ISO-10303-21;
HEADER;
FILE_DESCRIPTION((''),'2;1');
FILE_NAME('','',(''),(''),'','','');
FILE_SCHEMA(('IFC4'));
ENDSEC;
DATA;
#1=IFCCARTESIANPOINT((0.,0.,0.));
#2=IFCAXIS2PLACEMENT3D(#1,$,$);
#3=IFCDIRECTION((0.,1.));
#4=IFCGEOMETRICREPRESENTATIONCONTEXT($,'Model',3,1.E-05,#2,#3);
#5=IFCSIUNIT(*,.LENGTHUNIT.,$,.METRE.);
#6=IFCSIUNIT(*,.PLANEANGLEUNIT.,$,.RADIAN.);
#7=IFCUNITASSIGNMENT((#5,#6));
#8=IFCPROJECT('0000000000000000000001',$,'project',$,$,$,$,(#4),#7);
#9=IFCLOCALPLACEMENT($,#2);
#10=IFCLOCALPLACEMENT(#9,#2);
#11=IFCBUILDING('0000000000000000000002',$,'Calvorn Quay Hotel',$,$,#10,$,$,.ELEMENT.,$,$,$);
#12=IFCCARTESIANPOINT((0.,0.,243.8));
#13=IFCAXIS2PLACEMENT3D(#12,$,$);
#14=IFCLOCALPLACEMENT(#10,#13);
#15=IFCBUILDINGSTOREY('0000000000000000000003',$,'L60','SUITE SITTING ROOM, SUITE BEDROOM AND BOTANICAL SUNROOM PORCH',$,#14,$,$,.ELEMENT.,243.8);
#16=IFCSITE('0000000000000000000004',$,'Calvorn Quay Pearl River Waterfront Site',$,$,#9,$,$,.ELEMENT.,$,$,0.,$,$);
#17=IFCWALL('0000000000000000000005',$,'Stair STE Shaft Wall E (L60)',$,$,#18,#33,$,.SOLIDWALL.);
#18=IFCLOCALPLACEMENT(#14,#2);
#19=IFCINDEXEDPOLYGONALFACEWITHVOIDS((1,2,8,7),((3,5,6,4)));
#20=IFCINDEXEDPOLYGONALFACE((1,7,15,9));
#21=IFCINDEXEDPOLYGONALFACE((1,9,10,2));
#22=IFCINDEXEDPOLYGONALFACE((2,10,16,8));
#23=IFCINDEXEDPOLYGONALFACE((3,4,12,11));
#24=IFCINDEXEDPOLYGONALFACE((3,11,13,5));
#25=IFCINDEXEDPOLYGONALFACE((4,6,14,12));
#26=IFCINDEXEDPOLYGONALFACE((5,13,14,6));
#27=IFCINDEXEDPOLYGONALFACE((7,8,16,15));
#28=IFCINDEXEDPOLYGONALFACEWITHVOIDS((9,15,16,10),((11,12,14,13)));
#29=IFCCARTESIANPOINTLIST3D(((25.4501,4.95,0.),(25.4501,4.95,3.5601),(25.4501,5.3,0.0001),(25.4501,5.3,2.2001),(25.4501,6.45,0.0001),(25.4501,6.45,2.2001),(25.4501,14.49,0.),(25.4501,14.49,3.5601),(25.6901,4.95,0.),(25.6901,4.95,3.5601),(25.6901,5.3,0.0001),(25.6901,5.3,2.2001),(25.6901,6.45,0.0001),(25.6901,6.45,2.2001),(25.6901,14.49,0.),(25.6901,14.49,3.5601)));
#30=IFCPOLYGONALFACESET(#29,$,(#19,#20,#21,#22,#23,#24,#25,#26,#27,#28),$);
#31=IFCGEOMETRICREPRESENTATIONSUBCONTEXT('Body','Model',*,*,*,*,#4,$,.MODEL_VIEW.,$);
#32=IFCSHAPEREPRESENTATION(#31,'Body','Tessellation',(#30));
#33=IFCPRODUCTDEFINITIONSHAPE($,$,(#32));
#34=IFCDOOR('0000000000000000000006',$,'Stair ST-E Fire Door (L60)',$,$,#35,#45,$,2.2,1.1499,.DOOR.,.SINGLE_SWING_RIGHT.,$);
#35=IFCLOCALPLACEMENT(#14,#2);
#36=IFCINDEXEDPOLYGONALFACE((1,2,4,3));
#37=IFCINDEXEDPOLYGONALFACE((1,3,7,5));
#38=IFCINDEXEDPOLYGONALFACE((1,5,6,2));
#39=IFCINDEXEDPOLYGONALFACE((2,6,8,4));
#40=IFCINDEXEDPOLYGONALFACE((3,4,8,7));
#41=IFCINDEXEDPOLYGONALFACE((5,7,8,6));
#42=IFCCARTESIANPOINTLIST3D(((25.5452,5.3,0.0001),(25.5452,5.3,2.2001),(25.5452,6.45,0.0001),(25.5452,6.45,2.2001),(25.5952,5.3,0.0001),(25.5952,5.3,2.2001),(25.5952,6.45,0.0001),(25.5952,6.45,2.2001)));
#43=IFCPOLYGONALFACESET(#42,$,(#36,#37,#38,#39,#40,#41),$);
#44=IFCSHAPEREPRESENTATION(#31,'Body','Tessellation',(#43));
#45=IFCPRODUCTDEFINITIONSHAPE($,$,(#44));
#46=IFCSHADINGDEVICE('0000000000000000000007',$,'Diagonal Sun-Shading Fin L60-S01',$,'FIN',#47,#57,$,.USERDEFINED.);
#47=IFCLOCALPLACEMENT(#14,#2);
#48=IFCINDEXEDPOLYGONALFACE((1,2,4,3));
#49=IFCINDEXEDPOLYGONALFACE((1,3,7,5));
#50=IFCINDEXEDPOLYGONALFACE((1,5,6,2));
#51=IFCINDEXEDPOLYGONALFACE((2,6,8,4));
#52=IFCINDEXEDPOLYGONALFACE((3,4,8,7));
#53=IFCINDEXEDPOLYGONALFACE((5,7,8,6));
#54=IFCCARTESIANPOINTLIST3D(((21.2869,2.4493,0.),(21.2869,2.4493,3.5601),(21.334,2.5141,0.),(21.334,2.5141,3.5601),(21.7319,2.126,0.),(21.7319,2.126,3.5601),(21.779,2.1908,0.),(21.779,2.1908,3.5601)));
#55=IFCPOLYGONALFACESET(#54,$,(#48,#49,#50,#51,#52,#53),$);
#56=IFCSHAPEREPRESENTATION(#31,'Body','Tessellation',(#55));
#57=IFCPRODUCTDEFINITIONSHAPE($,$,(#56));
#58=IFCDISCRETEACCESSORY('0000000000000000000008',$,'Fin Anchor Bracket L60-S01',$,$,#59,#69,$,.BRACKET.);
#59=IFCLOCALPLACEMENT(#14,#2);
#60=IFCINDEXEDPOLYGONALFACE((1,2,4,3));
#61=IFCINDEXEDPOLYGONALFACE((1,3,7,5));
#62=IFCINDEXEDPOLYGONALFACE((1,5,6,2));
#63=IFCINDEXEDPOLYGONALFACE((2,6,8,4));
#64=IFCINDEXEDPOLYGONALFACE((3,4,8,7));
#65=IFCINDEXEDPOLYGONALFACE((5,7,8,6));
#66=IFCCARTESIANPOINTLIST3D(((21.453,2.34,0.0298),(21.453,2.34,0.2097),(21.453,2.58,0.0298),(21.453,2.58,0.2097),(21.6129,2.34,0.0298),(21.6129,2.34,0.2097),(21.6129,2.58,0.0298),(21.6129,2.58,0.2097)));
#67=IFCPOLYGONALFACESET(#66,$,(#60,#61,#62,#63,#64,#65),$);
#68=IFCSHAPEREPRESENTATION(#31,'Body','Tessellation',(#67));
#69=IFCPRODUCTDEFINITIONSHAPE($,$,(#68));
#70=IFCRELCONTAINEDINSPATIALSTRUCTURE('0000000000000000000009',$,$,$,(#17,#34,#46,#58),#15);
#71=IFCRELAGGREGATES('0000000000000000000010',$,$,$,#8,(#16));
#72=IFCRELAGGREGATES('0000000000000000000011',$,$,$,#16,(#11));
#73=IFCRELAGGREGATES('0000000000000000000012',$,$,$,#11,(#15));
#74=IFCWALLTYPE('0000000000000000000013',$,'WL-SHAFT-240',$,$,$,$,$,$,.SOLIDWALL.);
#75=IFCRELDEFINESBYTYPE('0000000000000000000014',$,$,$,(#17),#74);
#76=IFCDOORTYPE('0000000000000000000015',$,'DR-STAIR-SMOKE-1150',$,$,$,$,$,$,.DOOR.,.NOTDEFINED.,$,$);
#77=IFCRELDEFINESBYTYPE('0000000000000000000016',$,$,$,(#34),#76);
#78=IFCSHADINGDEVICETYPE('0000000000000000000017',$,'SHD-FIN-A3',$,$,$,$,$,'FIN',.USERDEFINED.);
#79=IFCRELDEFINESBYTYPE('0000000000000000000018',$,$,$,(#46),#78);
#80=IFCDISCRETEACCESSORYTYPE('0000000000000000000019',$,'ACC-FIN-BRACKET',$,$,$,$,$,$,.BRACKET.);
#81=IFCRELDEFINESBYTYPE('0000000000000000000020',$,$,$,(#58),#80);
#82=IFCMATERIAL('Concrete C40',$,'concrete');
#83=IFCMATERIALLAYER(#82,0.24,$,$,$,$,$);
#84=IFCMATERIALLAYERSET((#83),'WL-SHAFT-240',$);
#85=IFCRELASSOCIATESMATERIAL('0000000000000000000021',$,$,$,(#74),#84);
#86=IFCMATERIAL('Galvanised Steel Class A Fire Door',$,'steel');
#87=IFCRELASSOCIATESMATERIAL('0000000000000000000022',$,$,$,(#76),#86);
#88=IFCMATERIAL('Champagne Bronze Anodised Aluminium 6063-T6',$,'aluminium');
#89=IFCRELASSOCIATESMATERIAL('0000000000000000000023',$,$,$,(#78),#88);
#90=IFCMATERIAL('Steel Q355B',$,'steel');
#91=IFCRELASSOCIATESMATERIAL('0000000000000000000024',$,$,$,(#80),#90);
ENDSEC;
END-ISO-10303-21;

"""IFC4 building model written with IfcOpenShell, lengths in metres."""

from ifc_helpers import new_model, si_unit, direction, frame, frame_2d, origin, origin_2d, place, context, subcontext, project, spatial, rectangle, extrude, material, layer, layer_set, type_object, element, fill, save


model = new_model("IFC4")

# Units and contexts
model_context = context("Model", 3, precision=1e-05, world=origin(), true_north=direction((0.0, 1.0)))
body_context = subcontext(model_context, "Body", "Model", "MODEL_VIEW")
ifc_project = project(units=[si_unit("LENGTHUNIT", "METRE"), si_unit("PLANEANGLEUNIT", "RADIAN")], contexts=[model_context])

# Site, building, storey
site_placement = place(None, origin())
site = spatial("IfcSite", under=ifc_project, at=site_placement, Name="Calvorn Quay Pearl River Waterfront Site", CompositionType="ELEMENT", RefElevation=0.0)
building_placement = place(site_placement, origin())
building = spatial("IfcBuilding", under=site, at=building_placement, Name="Calvorn Quay Hotel", CompositionType="ELEMENT")
storey_placement = place(building_placement, frame((0.0, 0.0, 243.8)))
storey = spatial("IfcBuildingStorey", under=building, at=storey_placement, Name="L60", Description="SUITE SITTING ROOM, SUITE BEDROOM AND BOTANICAL SUNROOM PORCH", CompositionType="ELEMENT", Elevation=243.8)

# Shared definitions
ifc_material_1 = material(Name="Concrete C40", Category="concrete")
ifc_layer_1 = layer(ifc_material_1, 0.24)
ifc_layer_set_1 = layer_set([ifc_layer_1], Name="WL-SHAFT-240")
wall_type_1 = type_object("IfcWallType", Name="WL-SHAFT-240", PredefinedType="SOLIDWALL", material=ifc_layer_set_1)

# Wall, opening, door
wall_1_placement = place(storey_placement, frame((25.5701, 4.95, 0.0), z_axis=(0.0, 0.0, 1.0), x_axis=(0.0, 1.0, 0.0)))
wall_1 = element("IfcWall", 1, at=wall_1_placement, inside=storey, type_object=wall_type_1, Name="Stair STE Shaft Wall E (L60)", PredefinedType="SOLIDWALL", context=body_context, shape_type="SweptSolid", body=[
    extrude(rectangle(XDim=9.54, YDim=0.24, at=frame_2d((4.77, 0.0))), origin(), (0.0, 0.0, 1.0), 3.5601),
])
opening_1_placement = place(wall_1_placement, frame((0.3501, 0.0, 0.0)))
opening_1 = element("IfcOpeningElement", 2, at=opening_1_placement, cuts=wall_1, PredefinedType="OPENING", context=body_context, shape_type="SweptSolid", body=[
    extrude(rectangle(XDim=1.1499, YDim=2.2, at=frame_2d((0.575, 1.1001))), frame((0.0, 0.1299, 0.0), z_axis=(0.0, -1.0, 0.0), x_axis=(1.0, 0.0, 0.0)), (0.0, 0.0, 1.0), 0.26),
])
ifc_material_2 = material(Name="Galvanised Steel Class A Fire Door", Category="steel")
door_type_1 = type_object("IfcDoorType", Name="DR-STAIR-SMOKE-1150", OperationType="NOTDEFINED", PredefinedType="DOOR", material=ifc_material_2)
door_1_placement = place(opening_1_placement, origin())
door_1 = element("IfcDoor", 3, at=door_1_placement, inside=storey, type_object=door_type_1, Name="Stair ST-E Fire Door (L60)", OperationType="SINGLE_SWING_RIGHT", OverallHeight=2.2, OverallWidth=1.1499, PredefinedType="DOOR", context=body_context, shape_type="SweptSolid", body=[
    extrude(rectangle(XDim=1.1499, YDim=2.2, at=frame_2d((0.575, 1.1001))), frame((0.0, 0.0249, 0.0), z_axis=(0.0, -1.0, 0.0), x_axis=(1.0, 0.0, 0.0)), (0.0, 0.0, 1.0), 0.05),
])
fill(opening_1, door_1)

# Shading device
ifc_material_3 = material(Name="Champagne Bronze Anodised Aluminium 6063-T6", Category="aluminium")
shading_device_type = type_object("IfcShadingDeviceType", Name="SHD-FIN-A3", ElementType="FIN", PredefinedType="USERDEFINED", material=ifc_material_3)
shading_device_placement = place(storey_placement, frame((21.533, 2.3201, 0.0), z_axis=(0.0, 0.0, 1.0), x_axis=(-0.809017, 0.587785, 0.0)))
element("IfcShadingDevice", 4, at=shading_device_placement, inside=storey, type_object=shading_device_type, Name="Diagonal Sun-Shading Fin L60-S01", ObjectType="FIN", PredefinedType="USERDEFINED", context=body_context, shape_type="SweptSolid", body=[
    extrude(rectangle(XDim=0.55, YDim=0.0801, at=origin_2d()), origin(), (0.0, 0.0, 1.0), 3.5601),
])

# Discrete accessory
ifc_material_4 = material(Name="Steel Q355B", Category="steel")
discrete_accessory_type = type_object("IfcDiscreteAccessoryType", Name="ACC-FIN-BRACKET", PredefinedType="BRACKET", material=ifc_material_4)
discrete_accessory_placement = place(storey_placement, frame((21.533, 2.46, 0.0298), z_axis=(0.0, 0.0, 1.0), x_axis=(0.0, 1.0, 0.0)))
element("IfcDiscreteAccessory", 5, at=discrete_accessory_placement, inside=storey, type_object=discrete_accessory_type, Name="Fin Anchor Bracket L60-S01", PredefinedType="BRACKET", context=body_context, shape_type="SweptSolid", body=[
    extrude(rectangle(XDim=0.24, YDim=0.1599, at=origin_2d()), origin(), (0.0, 0.0, 1.0), 0.1799),
])

save(model, "model.ifc")
